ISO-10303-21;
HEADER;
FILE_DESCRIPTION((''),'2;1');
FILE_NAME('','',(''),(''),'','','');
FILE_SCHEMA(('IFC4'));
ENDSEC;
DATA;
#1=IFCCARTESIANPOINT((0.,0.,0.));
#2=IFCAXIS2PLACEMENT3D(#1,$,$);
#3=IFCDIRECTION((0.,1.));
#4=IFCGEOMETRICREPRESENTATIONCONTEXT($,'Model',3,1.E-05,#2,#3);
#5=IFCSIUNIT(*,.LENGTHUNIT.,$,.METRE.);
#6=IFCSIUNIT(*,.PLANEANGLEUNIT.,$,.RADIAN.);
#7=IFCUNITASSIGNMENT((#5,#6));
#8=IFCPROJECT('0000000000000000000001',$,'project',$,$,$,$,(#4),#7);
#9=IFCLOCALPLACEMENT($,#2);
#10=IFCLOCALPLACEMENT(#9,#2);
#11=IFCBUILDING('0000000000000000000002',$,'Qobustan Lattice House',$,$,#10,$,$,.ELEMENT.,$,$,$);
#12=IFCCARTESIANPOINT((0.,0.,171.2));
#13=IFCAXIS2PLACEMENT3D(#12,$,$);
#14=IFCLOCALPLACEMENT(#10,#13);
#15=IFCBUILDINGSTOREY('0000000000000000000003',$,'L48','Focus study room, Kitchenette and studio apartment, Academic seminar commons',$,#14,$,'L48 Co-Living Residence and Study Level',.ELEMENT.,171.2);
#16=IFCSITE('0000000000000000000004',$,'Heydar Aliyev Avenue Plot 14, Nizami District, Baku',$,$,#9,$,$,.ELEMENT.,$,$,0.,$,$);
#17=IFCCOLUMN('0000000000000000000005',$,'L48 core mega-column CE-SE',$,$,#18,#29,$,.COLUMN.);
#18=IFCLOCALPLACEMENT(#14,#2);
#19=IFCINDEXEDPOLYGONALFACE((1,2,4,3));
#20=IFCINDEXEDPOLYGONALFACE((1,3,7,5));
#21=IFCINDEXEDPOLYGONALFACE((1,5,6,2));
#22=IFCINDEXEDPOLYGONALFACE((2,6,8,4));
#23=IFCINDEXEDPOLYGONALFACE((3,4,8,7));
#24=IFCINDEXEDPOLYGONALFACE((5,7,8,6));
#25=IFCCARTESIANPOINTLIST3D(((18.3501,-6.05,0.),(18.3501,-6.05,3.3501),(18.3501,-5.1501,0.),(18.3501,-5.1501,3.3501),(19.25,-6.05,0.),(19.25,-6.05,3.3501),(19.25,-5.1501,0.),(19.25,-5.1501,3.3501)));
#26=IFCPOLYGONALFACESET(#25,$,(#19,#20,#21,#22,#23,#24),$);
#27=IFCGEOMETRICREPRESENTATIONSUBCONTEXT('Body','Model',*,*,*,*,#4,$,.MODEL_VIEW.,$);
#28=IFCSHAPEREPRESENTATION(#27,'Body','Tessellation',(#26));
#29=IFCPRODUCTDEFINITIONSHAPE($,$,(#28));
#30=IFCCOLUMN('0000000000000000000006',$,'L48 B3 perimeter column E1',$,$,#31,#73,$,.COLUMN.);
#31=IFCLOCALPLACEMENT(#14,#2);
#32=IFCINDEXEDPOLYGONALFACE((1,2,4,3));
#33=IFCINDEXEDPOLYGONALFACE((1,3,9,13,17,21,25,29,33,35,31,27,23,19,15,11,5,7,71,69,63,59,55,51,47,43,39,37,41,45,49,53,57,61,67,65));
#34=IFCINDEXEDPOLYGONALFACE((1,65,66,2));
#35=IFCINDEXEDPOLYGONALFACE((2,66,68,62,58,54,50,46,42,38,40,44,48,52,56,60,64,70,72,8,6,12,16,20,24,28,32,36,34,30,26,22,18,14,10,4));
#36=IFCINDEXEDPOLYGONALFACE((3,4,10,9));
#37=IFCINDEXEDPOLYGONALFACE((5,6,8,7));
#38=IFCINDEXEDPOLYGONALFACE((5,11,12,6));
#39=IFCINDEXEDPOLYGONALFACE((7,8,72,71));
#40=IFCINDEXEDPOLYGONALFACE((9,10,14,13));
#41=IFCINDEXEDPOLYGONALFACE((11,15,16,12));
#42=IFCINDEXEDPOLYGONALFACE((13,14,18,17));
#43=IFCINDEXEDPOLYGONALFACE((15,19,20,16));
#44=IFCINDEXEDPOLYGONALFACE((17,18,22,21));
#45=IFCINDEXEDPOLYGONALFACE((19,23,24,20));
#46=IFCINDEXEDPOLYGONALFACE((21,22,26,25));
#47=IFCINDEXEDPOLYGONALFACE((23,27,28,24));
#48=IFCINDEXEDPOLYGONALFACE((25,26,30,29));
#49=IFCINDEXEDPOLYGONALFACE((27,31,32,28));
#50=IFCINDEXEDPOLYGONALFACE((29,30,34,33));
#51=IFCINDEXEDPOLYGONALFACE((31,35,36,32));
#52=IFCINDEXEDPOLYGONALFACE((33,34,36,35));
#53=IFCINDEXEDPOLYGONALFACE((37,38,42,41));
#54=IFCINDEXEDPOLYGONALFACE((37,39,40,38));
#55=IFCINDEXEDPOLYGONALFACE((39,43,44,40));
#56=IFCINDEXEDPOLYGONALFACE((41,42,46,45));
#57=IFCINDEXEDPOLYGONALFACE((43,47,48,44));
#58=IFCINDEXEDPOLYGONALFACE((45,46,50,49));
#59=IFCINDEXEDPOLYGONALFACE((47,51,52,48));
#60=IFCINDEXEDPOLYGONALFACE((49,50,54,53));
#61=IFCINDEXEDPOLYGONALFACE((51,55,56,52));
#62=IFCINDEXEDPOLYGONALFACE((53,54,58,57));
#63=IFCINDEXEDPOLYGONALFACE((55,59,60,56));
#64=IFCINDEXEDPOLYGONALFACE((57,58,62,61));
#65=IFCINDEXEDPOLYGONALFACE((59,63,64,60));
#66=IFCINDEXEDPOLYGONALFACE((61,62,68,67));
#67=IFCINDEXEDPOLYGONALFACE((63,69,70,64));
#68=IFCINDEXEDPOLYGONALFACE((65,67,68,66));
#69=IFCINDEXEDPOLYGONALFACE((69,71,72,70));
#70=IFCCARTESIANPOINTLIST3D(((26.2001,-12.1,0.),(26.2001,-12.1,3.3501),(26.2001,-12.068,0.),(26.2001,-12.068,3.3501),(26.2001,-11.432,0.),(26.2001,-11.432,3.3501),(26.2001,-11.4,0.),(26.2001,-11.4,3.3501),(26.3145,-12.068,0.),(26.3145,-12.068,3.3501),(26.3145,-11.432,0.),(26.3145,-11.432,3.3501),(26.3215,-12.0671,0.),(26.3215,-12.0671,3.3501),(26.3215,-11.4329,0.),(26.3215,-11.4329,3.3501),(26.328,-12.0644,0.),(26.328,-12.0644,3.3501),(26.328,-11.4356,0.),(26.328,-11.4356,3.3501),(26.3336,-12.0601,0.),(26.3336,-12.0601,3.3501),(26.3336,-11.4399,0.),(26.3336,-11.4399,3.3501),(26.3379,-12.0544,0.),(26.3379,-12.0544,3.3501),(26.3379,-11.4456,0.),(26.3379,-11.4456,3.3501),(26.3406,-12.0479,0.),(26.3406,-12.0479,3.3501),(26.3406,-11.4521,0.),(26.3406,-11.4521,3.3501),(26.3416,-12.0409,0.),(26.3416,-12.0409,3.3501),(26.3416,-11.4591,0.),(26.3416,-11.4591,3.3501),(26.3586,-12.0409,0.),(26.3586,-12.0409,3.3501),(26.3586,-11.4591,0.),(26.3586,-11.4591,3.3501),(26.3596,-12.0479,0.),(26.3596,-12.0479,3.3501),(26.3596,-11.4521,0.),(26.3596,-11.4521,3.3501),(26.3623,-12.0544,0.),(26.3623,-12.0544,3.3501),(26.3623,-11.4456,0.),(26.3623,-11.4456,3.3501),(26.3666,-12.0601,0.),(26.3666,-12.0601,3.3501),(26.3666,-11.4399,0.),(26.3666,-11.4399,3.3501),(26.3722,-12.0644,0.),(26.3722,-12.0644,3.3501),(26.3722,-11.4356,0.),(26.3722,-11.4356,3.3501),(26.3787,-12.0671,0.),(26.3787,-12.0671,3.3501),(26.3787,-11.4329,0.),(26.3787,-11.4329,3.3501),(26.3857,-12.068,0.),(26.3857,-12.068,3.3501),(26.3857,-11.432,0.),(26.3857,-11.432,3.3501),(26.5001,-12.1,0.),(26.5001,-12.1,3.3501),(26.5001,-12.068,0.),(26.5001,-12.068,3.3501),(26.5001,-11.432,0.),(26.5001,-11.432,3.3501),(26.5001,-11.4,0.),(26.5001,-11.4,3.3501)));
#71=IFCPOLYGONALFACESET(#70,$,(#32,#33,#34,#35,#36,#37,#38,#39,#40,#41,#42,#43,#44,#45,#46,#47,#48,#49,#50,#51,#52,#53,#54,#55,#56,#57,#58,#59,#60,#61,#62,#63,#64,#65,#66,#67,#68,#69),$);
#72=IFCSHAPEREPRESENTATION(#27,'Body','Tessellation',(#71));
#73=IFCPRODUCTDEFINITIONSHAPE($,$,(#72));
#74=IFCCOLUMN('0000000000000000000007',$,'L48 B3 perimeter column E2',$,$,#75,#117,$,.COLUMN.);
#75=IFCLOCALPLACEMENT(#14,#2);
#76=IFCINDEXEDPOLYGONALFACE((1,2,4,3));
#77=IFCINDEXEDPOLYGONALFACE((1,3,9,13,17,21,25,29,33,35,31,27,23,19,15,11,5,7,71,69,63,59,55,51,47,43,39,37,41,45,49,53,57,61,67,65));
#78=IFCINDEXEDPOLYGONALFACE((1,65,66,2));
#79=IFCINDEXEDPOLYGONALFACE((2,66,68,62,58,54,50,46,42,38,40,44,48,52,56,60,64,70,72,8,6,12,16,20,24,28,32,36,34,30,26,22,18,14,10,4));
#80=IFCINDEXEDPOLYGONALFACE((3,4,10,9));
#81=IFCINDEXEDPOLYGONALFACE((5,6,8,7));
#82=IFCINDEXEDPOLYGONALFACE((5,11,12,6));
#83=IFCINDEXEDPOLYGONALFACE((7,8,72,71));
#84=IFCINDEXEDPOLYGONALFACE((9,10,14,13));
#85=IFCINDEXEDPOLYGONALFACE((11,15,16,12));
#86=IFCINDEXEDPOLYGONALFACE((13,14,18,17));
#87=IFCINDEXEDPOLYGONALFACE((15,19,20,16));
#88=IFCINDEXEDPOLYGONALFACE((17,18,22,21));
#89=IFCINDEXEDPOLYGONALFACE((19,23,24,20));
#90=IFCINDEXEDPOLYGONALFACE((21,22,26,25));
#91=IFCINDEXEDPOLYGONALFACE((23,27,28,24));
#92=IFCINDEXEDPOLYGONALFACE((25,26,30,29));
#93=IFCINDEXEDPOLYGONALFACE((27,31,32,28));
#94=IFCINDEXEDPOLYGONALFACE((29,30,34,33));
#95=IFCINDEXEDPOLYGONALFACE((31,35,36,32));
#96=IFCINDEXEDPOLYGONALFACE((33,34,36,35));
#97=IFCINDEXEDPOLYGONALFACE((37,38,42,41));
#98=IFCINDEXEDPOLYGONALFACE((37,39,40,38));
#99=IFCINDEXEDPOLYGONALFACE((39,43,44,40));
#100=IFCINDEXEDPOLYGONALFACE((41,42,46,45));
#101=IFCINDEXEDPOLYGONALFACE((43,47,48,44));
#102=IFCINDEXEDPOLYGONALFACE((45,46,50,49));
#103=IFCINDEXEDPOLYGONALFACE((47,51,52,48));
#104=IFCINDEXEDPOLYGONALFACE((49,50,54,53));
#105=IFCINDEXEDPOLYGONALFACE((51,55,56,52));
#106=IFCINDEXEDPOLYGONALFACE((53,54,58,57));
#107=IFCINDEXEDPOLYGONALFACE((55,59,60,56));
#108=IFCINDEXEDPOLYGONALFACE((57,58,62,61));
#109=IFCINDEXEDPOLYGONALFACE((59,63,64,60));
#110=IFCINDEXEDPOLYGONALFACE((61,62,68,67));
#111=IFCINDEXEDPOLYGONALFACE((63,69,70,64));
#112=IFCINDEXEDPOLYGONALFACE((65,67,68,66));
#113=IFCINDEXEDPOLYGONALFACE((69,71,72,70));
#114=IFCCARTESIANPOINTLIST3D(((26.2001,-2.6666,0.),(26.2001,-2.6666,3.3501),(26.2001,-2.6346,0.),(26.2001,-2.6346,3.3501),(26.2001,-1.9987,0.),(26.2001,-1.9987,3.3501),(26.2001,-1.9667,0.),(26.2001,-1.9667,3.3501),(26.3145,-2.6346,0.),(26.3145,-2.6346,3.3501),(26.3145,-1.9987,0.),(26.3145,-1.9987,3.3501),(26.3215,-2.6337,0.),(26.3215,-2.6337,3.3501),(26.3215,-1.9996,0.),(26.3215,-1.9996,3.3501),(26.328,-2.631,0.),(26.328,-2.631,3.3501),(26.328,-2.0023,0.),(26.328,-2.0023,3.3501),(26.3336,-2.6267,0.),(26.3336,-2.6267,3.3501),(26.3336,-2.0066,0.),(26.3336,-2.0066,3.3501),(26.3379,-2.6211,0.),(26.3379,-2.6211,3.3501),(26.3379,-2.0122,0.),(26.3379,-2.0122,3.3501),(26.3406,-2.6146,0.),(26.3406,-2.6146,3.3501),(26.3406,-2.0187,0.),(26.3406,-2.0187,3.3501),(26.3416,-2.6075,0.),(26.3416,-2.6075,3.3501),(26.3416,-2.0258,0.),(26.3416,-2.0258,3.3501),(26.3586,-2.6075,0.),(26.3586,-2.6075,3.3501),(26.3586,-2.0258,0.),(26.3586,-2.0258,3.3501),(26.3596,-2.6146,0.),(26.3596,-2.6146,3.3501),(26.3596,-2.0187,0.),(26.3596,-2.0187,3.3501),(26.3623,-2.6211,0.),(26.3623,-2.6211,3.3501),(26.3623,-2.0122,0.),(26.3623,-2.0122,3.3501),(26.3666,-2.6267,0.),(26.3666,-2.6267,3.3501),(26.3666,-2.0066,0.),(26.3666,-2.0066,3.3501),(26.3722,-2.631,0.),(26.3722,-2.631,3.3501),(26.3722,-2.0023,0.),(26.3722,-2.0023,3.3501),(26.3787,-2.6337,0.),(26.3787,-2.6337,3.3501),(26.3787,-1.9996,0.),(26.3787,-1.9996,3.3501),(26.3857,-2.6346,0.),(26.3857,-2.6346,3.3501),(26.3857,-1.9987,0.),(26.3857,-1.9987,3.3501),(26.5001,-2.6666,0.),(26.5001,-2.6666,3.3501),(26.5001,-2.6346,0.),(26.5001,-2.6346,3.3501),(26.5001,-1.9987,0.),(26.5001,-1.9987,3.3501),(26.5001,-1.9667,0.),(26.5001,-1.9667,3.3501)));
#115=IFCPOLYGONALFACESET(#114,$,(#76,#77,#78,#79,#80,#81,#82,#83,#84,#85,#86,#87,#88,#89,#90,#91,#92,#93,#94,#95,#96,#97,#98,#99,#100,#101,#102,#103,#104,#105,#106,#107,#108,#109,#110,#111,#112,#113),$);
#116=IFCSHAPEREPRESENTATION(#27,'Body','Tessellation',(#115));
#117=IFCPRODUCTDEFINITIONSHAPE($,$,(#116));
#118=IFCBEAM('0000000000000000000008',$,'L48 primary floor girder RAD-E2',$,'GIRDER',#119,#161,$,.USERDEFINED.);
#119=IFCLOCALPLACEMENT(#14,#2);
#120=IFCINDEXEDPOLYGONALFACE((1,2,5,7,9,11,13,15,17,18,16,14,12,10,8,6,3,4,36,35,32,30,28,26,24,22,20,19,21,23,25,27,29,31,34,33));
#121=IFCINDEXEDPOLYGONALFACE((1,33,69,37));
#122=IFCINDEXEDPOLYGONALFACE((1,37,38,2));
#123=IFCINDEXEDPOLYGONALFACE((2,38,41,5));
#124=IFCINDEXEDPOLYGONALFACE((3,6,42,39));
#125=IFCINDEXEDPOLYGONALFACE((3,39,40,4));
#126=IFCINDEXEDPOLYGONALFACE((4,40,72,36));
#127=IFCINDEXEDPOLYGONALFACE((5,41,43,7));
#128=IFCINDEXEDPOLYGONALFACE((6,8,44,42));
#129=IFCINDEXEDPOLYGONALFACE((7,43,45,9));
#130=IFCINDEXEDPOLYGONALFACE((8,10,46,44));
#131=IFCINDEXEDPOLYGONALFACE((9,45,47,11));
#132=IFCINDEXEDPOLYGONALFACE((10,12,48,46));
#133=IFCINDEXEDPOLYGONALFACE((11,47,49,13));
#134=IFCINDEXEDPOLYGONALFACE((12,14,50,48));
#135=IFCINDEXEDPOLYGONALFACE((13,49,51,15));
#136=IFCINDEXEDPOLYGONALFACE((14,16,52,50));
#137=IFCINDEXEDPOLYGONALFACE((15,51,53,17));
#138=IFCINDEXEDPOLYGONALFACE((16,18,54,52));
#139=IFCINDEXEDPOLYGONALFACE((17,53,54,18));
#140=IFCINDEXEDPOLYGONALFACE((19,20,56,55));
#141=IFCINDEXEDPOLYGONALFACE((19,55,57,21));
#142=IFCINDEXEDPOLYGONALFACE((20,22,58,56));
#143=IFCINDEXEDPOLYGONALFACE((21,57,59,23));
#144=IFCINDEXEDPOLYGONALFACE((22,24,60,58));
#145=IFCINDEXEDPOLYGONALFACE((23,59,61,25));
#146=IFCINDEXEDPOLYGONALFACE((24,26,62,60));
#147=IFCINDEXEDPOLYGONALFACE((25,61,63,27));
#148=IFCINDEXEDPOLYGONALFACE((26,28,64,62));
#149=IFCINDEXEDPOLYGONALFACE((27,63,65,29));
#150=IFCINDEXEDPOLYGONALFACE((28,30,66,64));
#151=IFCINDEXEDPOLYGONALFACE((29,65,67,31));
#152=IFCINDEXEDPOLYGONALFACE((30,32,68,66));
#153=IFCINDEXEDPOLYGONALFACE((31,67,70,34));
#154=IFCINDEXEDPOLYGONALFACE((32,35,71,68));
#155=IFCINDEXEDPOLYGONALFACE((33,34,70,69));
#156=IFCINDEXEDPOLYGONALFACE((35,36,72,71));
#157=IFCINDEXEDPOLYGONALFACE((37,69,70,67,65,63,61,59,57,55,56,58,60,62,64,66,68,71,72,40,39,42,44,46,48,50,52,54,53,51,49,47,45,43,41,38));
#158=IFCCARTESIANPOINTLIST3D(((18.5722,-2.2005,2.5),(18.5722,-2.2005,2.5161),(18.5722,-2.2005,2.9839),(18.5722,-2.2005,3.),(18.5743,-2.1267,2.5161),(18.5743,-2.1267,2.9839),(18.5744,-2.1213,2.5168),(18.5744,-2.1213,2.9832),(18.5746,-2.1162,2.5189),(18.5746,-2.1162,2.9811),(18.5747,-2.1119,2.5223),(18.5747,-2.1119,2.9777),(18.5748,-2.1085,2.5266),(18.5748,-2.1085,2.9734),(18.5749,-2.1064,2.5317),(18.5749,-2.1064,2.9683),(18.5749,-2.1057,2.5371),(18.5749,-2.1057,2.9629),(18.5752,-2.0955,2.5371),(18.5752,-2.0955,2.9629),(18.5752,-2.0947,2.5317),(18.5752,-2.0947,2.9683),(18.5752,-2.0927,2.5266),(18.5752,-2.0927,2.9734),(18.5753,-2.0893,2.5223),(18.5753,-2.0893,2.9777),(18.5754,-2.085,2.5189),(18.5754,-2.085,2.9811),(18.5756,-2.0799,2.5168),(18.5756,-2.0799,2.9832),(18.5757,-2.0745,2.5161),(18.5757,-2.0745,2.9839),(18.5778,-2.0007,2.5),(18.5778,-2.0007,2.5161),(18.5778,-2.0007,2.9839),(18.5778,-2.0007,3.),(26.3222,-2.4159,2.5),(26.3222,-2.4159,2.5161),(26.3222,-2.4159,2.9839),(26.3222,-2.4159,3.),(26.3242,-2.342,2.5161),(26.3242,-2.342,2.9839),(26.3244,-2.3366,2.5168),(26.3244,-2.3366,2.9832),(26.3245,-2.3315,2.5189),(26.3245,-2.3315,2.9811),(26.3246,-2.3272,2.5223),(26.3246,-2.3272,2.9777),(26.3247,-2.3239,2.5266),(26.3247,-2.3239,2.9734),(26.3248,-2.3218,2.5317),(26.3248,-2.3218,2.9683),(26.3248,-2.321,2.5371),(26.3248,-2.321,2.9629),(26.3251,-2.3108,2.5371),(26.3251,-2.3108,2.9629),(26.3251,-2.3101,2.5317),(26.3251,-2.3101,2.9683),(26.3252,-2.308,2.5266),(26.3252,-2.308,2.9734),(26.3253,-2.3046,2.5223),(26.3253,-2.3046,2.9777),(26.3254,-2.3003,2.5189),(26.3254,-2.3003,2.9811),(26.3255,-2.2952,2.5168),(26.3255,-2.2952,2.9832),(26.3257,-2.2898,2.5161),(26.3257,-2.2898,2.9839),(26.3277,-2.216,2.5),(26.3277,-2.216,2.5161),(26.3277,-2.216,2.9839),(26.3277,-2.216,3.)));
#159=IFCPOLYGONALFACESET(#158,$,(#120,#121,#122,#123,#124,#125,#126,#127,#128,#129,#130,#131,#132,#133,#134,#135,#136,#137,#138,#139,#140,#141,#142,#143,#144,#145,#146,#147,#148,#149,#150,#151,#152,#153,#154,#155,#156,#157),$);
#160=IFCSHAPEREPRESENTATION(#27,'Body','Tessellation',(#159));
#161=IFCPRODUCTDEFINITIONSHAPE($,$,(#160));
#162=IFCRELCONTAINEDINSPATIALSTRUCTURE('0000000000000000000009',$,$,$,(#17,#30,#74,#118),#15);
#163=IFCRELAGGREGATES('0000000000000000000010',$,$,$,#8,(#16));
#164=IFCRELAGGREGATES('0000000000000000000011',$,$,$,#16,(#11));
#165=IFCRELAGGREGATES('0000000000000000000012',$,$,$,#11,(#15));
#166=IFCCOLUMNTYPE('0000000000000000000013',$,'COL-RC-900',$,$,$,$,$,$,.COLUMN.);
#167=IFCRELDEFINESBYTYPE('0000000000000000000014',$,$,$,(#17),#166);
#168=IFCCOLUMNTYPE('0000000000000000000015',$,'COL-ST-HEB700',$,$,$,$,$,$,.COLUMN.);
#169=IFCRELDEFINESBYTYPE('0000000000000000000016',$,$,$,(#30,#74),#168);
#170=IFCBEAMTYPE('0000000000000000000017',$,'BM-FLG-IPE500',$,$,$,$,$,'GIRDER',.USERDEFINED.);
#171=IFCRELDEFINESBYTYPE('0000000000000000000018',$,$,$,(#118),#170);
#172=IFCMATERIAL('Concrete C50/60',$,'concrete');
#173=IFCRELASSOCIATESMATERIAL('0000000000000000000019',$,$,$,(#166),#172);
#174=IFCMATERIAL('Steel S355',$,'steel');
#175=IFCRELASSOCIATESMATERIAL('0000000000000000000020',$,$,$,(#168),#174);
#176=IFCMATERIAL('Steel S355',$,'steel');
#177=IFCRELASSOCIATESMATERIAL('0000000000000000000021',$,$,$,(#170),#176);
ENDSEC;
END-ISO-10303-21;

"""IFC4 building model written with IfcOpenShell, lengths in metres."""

from ifc_helpers import new_model, si_unit, direction, frame, origin, origin_2d, place, context, subcontext, project, spatial, rectangle, i_section, extrude, material, material_profile, profile_set, type_object, element, save


model = new_model("IFC4")

# Units and contexts
model_context = context("Model", 3, precision=1e-05, world=origin(), true_north=direction((0.0, 1.0)))
body_context = subcontext(model_context, "Body", "Model", "MODEL_VIEW")
ifc_project = project(units=[si_unit("LENGTHUNIT", "METRE"), si_unit("PLANEANGLEUNIT", "RADIAN")], contexts=[model_context])

# Site, building, storey
site_placement = place(None, origin())
site = spatial("IfcSite", under=ifc_project, at=site_placement, Name="Heydar Aliyev Avenue Plot 14, Nizami District, Baku", CompositionType="ELEMENT", RefElevation=0.0)
building_placement = place(site_placement, origin())
building = spatial("IfcBuilding", under=site, at=building_placement, Name="Qobustan Lattice House", CompositionType="ELEMENT")
storey_placement = place(building_placement, frame((0.0, 0.0, 171.2)))
storey = spatial("IfcBuildingStorey", under=building, at=storey_placement, Name="L48", Description="Focus study room, Kitchenette and studio apartment, Academic seminar commons", LongName="L48 Co-Living Residence and Study Level", CompositionType="ELEMENT", Elevation=171.2)

# Columns
ifc_material_1 = material(Name="Concrete C50/60", Category="concrete")
ifc_material_profile_1 = material_profile(ifc_material_1, rectangle(XDim=0.8999, YDim=0.8999, at=origin_2d()), Name="RC900x900")
ifc_profile_set_1 = profile_set([ifc_material_profile_1], Name="Concrete C50/60")
column_type_1 = type_object("IfcColumnType", Name="COL-RC-900", PredefinedType="COLUMN", material=ifc_profile_set_1)
column_placement = place(storey_placement, frame((18.8, -5.6001, 0.0), z_axis=(0.0, 0.0, 1.0), x_axis=(1.0, 0.0, 0.0)))
element("IfcColumn", 1, at=column_placement, inside=storey, type_object=column_type_1, Name="L48 core mega-column CE-SE", PredefinedType="COLUMN", context=body_context, shape_type="SweptSolid", body=[
    extrude(rectangle(XDim=0.8999, YDim=0.8999, at=origin_2d()), origin(), (0.0, 0.0, 1.0), 3.3501),
])
ifc_material_2 = material(Name="Steel S355", Category="steel")
ifc_material_profile_2 = material_profile(ifc_material_2, i_section(OverallWidth=0.3, OverallDepth=0.7, WebThickness=0.0171, FlangeThickness=0.032, FilletRadius=0.0271, at=origin_2d()), Name="HEB700")
ifc_profile_set_2 = profile_set([ifc_material_profile_2], Name="Steel S355")
column_type_2 = type_object("IfcColumnType", Name="COL-ST-HEB700", PredefinedType="COLUMN", material=ifc_profile_set_2)
for number, where, z_axis, x_axis, name in (
    (2, (26.3501, -11.75, 0.0), (0.0, 0.0, 1.0), (1.0, 0.0, 0.0), "L48 B3 perimeter column E1"),
    (3, (26.3501, -2.3167, 0.0), (0.0, 0.0, 1.0), (1.0, 0.0, 0.0), "L48 B3 perimeter column E2"),
):
    element("IfcColumn", number, at=place(storey_placement, frame(where, z_axis=z_axis, x_axis=x_axis)), inside=storey, type_object=column_type_2, Name=name, PredefinedType="COLUMN", context=body_context, shape_type="SweptSolid", body=[
        extrude(i_section(OverallWidth=0.3, OverallDepth=0.7, WebThickness=0.0171, FlangeThickness=0.032, FilletRadius=0.0271, at=origin_2d()), origin(), (0.0, 0.0, 1.0), 3.3501),
    ])

# Beam
ifc_material_3 = material(Name="Steel S355", Category="steel")
ifc_material_profile_3 = material_profile(ifc_material_3, i_section(OverallWidth=0.2, OverallDepth=0.5, WebThickness=0.0103, FlangeThickness=0.0161, FilletRadius=0.021, at=origin_2d()), Name="IPE500")
ifc_profile_set_3 = profile_set([ifc_material_profile_3], Name="Steel S355")
beam_type_1 = type_object("IfcBeamType", Name="BM-FLG-IPE500", ElementType="GIRDER", PredefinedType="USERDEFINED", material=ifc_profile_set_3)
beam_1_placement = place(storey_placement, frame((26.325, -2.3159, 2.75), z_axis=(-0.999614, 0.027774, 0.0), x_axis=(-0.027774, -0.999614, 0.0)))
element("IfcBeam", 4, at=beam_1_placement, inside=storey, type_object=beam_type_1, Name="L48 primary floor girder RAD-E2", ObjectType="GIRDER", PredefinedType="USERDEFINED", context=body_context, shape_type="SweptSolid", body=[
    extrude(i_section(OverallWidth=0.2, OverallDepth=0.5, WebThickness=0.0103, FlangeThickness=0.0161, FilletRadius=0.021, at=origin_2d()), origin(), (0.0, 0.0, 1.0), 7.7529),
])

save(model, "model.ifc")
